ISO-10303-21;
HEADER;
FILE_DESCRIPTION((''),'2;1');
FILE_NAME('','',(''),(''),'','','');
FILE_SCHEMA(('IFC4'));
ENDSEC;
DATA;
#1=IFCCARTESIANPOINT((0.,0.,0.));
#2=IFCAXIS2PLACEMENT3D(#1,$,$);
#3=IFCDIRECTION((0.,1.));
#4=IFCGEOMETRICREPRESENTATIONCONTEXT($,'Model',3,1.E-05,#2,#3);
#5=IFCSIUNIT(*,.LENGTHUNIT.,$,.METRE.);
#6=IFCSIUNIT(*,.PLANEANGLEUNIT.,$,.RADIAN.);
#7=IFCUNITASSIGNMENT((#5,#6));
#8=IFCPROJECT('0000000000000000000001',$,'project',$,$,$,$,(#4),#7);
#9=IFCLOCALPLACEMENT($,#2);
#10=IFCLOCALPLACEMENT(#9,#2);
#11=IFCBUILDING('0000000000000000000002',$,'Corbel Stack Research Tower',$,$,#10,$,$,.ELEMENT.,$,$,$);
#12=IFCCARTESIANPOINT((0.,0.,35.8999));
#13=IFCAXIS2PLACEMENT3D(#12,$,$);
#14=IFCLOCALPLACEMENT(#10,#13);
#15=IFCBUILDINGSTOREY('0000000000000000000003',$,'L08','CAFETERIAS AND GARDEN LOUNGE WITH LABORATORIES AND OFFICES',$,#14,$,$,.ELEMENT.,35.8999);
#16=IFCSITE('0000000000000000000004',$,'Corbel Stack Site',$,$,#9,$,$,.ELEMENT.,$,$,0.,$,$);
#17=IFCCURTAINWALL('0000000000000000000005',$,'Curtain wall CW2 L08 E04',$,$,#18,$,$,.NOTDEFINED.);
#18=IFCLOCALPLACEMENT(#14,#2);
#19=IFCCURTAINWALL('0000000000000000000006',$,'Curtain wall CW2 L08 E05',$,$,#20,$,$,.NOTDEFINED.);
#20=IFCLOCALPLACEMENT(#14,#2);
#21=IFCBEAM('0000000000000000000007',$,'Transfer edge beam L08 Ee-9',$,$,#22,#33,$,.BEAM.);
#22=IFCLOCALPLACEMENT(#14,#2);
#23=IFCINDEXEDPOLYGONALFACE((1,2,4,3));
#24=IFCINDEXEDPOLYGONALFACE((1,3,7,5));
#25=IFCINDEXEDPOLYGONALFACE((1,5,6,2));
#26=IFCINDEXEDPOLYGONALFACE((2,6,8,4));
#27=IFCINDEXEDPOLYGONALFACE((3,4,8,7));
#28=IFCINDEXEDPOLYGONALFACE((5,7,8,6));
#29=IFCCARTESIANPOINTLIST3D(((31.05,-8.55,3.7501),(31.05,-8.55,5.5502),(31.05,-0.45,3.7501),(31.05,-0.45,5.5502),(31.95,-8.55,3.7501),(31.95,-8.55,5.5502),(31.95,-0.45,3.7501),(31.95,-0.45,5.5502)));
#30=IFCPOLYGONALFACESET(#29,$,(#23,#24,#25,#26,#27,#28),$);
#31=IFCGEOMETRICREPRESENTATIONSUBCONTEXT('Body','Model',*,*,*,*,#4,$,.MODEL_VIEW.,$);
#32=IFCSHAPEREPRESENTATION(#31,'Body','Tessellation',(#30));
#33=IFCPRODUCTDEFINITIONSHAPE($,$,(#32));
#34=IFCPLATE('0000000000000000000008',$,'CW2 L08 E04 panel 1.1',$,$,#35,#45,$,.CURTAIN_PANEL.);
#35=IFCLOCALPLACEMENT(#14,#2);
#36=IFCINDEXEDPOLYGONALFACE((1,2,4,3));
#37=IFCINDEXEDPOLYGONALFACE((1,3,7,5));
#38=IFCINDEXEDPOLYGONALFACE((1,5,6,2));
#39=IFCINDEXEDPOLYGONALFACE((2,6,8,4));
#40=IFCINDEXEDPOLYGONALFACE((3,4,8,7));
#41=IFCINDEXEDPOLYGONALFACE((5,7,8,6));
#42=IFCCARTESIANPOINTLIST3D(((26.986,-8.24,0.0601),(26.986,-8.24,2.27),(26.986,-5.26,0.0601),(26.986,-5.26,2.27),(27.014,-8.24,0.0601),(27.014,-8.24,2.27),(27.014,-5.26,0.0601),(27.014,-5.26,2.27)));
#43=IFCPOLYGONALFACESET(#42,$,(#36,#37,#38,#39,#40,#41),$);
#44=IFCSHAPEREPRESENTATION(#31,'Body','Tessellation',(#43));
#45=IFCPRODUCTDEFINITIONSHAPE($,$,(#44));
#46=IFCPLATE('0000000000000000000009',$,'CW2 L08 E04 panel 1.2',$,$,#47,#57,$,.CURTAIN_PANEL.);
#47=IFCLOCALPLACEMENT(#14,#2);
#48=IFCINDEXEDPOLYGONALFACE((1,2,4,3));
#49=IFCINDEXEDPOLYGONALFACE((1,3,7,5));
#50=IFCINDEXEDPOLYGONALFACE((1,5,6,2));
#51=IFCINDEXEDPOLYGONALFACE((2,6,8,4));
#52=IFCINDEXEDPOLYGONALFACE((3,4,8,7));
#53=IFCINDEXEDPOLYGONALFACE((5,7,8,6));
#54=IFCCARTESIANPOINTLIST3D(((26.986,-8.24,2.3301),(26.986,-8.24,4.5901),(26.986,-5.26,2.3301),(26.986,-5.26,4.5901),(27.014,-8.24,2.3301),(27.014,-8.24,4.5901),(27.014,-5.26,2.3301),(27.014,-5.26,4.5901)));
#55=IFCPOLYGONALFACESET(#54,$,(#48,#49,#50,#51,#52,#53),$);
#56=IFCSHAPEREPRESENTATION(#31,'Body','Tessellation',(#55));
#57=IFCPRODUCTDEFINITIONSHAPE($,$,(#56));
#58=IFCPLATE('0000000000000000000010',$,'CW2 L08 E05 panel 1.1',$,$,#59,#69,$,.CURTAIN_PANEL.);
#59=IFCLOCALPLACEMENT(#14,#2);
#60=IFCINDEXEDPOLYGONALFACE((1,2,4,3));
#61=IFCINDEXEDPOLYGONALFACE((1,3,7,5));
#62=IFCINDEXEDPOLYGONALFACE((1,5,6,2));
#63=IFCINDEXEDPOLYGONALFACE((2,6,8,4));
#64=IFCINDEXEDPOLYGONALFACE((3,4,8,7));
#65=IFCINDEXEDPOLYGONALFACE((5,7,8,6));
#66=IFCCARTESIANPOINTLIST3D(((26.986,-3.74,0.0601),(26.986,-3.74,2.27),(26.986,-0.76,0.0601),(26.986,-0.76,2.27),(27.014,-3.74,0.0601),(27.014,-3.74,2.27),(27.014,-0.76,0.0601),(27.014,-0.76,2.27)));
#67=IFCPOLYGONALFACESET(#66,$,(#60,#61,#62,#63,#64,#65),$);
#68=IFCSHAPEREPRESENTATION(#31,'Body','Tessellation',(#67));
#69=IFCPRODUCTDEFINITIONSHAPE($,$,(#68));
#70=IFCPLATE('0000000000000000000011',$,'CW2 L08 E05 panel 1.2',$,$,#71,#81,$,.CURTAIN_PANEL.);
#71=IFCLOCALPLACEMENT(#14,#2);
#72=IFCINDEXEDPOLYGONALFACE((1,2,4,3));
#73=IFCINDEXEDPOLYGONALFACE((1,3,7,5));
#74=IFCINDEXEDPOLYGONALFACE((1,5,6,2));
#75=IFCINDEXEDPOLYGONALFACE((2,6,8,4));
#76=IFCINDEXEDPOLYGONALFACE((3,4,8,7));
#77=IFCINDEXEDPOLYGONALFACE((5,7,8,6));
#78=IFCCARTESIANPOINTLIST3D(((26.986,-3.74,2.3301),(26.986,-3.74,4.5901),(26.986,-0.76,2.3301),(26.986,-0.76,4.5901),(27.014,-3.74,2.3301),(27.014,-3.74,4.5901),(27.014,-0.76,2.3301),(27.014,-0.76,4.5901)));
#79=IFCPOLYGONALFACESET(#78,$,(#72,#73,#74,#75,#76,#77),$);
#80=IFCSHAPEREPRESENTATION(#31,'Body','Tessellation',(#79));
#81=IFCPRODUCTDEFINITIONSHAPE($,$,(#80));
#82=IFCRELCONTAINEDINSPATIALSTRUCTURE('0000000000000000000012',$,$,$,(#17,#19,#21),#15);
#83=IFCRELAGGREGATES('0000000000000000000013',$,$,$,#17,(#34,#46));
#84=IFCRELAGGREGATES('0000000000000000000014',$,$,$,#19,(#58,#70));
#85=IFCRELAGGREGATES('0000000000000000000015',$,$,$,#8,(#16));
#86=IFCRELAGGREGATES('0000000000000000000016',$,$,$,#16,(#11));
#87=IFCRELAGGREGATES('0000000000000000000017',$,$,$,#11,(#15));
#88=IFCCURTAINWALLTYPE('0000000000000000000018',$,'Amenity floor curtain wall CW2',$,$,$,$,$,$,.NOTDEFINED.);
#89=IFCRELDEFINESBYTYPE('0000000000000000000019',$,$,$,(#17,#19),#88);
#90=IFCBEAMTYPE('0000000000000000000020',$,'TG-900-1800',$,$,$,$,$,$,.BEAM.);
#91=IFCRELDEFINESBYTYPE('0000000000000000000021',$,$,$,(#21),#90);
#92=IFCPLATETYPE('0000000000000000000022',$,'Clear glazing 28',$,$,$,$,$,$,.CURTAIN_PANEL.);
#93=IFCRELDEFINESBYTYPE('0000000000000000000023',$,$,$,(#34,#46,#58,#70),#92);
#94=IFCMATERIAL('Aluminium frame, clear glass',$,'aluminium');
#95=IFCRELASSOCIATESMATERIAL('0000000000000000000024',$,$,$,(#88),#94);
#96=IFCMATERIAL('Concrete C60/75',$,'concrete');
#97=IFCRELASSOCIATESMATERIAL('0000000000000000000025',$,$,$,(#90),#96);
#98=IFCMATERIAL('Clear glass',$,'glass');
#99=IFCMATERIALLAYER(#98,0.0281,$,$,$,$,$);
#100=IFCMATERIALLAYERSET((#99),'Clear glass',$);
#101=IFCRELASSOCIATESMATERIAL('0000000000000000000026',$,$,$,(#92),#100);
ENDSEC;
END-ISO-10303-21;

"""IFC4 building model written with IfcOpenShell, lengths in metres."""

from ifc_helpers import new_model, si_unit, direction, frame, origin, origin_2d, place, context, subcontext, project, spatial, rectangle, extrude, material, layer, layer_set, material_profile, profile_set, type_object, element, aggregate, save


model = new_model("IFC4")

# Units and contexts
model_context = context("Model", 3, precision=1e-05, world=origin(), true_north=direction((0.0, 1.0)))
body_context = subcontext(model_context, "Body", "Model", "MODEL_VIEW")
ifc_project = project(units=[si_unit("LENGTHUNIT", "METRE"), si_unit("PLANEANGLEUNIT", "RADIAN")], contexts=[model_context])

# Site, building, storey
site_placement = place(None, origin())
site = spatial("IfcSite", under=ifc_project, at=site_placement, Name="Corbel Stack Site", CompositionType="ELEMENT", RefElevation=0.0)
building_placement = place(site_placement, origin())
building = spatial("IfcBuilding", under=site, at=building_placement, Name="Corbel Stack Research Tower", CompositionType="ELEMENT")
storey_placement = place(building_placement, frame((0.0, 0.0, 35.8999)))
storey = spatial("IfcBuildingStorey", under=building, at=storey_placement, Name="L08", Description="CAFETERIAS AND GARDEN LOUNGE WITH LABORATORIES AND OFFICES", CompositionType="ELEMENT", Elevation=35.8999)

# Curtain walls
ifc_material_1 = material(Name="Aluminium frame, clear glass", Category="aluminium")
curtain_wall_type = type_object("IfcCurtainWallType", Name="Amenity floor curtain wall CW2", PredefinedType="NOTDEFINED", material=ifc_material_1)
curtain_wall_1_placement = place(storey_placement, origin())
curtain_wall_1 = element("IfcCurtainWall", 1, at=curtain_wall_1_placement, inside=storey, type_object=curtain_wall_type, Name="Curtain wall CW2 L08 E04", PredefinedType="NOTDEFINED")
curtain_wall_2_placement = place(storey_placement, origin())
curtain_wall_2 = element("IfcCurtainWall", 2, at=curtain_wall_2_placement, inside=storey, type_object=curtain_wall_type, Name="Curtain wall CW2 L08 E05", PredefinedType="NOTDEFINED")

# Beam
ifc_material_2 = material(Name="Concrete C60/75", Category="concrete")
ifc_material_profile_1 = material_profile(ifc_material_2, rectangle(XDim=0.8999, YDim=1.8, at=origin_2d()), Name="RC 900 x 1800")
ifc_profile_set_1 = profile_set([ifc_material_profile_1], Name="Concrete C60/75")
beam_type_1 = type_object("IfcBeamType", Name="TG-900-1800", PredefinedType="BEAM", material=ifc_profile_set_1)
beam_1_placement = place(storey_placement, frame((31.5, -8.55, 4.6501), z_axis=(0.0, 1.0, 0.0), x_axis=(-1.0, 0.0, 0.0)))
element("IfcBeam", 3, at=beam_1_placement, inside=storey, type_object=beam_type_1, Name="Transfer edge beam L08 Ee-9", PredefinedType="BEAM", context=body_context, shape_type="SweptSolid", body=[
    extrude(rectangle(XDim=0.8999, YDim=1.8, at=origin_2d()), origin(), (0.0, 0.0, 1.0), 8.1001),
])

# Plates
ifc_material_3 = material(Name="Clear glass", Category="glass")
ifc_layer = layer(ifc_material_3, 0.0281)
ifc_layer_set = layer_set([ifc_layer], Name="Clear glass")
plate_type = type_object("IfcPlateType", Name="Clear glazing 28", PredefinedType="CURTAIN_PANEL", material=ifc_layer_set)
plate_1_placement = place(storey_placement, frame((27.0, -6.75, 0.0601), z_axis=(0.0, 0.0, 1.0), x_axis=(0.0, 1.0, 0.0)))
plate_1 = element("IfcPlate", 4, at=plate_1_placement, type_object=plate_type, Name="CW2 L08 E04 panel 1.1", PredefinedType="CURTAIN_PANEL", context=body_context, shape_type="SweptSolid", body=[
    extrude(rectangle(XDim=2.98, YDim=0.0281, at=origin_2d()), origin(), (0.0, 0.0, 1.0), 2.21),
])
plate_2_placement = place(storey_placement, frame((27.0, -6.75, 2.3301), z_axis=(0.0, 0.0, 1.0), x_axis=(0.0, 1.0, 0.0)))
plate_2 = element("IfcPlate", 5, at=plate_2_placement, type_object=plate_type, Name="CW2 L08 E04 panel 1.2", PredefinedType="CURTAIN_PANEL", context=body_context, shape_type="SweptSolid", body=[
    extrude(rectangle(XDim=2.98, YDim=0.0281, at=origin_2d()), origin(), (0.0, 0.0, 1.0), 2.26),
])
aggregate(curtain_wall_1, [plate_1, plate_2])
plate_3_placement = place(storey_placement, frame((27.0, -2.25, 0.0601), z_axis=(0.0, 0.0, 1.0), x_axis=(0.0, 1.0, 0.0)))
plate_3 = element("IfcPlate", 6, at=plate_3_placement, type_object=plate_type, Name="CW2 L08 E05 panel 1.1", PredefinedType="CURTAIN_PANEL", context=body_context, shape_type="SweptSolid", body=[
    extrude(rectangle(XDim=2.98, YDim=0.0281, at=origin_2d()), origin(), (0.0, 0.0, 1.0), 2.21),
])
plate_4_placement = place(storey_placement, frame((27.0, -2.25, 2.3301), z_axis=(0.0, 0.0, 1.0), x_axis=(0.0, 1.0, 0.0)))
plate_4 = element("IfcPlate", 7, at=plate_4_placement, type_object=plate_type, Name="CW2 L08 E05 panel 1.2", PredefinedType="CURTAIN_PANEL", context=body_context, shape_type="SweptSolid", body=[
    extrude(rectangle(XDim=2.98, YDim=0.0281, at=origin_2d()), origin(), (0.0, 0.0, 1.0), 2.26),
])
aggregate(curtain_wall_2, [plate_3, plate_4])

save(model, "model.ifc")
